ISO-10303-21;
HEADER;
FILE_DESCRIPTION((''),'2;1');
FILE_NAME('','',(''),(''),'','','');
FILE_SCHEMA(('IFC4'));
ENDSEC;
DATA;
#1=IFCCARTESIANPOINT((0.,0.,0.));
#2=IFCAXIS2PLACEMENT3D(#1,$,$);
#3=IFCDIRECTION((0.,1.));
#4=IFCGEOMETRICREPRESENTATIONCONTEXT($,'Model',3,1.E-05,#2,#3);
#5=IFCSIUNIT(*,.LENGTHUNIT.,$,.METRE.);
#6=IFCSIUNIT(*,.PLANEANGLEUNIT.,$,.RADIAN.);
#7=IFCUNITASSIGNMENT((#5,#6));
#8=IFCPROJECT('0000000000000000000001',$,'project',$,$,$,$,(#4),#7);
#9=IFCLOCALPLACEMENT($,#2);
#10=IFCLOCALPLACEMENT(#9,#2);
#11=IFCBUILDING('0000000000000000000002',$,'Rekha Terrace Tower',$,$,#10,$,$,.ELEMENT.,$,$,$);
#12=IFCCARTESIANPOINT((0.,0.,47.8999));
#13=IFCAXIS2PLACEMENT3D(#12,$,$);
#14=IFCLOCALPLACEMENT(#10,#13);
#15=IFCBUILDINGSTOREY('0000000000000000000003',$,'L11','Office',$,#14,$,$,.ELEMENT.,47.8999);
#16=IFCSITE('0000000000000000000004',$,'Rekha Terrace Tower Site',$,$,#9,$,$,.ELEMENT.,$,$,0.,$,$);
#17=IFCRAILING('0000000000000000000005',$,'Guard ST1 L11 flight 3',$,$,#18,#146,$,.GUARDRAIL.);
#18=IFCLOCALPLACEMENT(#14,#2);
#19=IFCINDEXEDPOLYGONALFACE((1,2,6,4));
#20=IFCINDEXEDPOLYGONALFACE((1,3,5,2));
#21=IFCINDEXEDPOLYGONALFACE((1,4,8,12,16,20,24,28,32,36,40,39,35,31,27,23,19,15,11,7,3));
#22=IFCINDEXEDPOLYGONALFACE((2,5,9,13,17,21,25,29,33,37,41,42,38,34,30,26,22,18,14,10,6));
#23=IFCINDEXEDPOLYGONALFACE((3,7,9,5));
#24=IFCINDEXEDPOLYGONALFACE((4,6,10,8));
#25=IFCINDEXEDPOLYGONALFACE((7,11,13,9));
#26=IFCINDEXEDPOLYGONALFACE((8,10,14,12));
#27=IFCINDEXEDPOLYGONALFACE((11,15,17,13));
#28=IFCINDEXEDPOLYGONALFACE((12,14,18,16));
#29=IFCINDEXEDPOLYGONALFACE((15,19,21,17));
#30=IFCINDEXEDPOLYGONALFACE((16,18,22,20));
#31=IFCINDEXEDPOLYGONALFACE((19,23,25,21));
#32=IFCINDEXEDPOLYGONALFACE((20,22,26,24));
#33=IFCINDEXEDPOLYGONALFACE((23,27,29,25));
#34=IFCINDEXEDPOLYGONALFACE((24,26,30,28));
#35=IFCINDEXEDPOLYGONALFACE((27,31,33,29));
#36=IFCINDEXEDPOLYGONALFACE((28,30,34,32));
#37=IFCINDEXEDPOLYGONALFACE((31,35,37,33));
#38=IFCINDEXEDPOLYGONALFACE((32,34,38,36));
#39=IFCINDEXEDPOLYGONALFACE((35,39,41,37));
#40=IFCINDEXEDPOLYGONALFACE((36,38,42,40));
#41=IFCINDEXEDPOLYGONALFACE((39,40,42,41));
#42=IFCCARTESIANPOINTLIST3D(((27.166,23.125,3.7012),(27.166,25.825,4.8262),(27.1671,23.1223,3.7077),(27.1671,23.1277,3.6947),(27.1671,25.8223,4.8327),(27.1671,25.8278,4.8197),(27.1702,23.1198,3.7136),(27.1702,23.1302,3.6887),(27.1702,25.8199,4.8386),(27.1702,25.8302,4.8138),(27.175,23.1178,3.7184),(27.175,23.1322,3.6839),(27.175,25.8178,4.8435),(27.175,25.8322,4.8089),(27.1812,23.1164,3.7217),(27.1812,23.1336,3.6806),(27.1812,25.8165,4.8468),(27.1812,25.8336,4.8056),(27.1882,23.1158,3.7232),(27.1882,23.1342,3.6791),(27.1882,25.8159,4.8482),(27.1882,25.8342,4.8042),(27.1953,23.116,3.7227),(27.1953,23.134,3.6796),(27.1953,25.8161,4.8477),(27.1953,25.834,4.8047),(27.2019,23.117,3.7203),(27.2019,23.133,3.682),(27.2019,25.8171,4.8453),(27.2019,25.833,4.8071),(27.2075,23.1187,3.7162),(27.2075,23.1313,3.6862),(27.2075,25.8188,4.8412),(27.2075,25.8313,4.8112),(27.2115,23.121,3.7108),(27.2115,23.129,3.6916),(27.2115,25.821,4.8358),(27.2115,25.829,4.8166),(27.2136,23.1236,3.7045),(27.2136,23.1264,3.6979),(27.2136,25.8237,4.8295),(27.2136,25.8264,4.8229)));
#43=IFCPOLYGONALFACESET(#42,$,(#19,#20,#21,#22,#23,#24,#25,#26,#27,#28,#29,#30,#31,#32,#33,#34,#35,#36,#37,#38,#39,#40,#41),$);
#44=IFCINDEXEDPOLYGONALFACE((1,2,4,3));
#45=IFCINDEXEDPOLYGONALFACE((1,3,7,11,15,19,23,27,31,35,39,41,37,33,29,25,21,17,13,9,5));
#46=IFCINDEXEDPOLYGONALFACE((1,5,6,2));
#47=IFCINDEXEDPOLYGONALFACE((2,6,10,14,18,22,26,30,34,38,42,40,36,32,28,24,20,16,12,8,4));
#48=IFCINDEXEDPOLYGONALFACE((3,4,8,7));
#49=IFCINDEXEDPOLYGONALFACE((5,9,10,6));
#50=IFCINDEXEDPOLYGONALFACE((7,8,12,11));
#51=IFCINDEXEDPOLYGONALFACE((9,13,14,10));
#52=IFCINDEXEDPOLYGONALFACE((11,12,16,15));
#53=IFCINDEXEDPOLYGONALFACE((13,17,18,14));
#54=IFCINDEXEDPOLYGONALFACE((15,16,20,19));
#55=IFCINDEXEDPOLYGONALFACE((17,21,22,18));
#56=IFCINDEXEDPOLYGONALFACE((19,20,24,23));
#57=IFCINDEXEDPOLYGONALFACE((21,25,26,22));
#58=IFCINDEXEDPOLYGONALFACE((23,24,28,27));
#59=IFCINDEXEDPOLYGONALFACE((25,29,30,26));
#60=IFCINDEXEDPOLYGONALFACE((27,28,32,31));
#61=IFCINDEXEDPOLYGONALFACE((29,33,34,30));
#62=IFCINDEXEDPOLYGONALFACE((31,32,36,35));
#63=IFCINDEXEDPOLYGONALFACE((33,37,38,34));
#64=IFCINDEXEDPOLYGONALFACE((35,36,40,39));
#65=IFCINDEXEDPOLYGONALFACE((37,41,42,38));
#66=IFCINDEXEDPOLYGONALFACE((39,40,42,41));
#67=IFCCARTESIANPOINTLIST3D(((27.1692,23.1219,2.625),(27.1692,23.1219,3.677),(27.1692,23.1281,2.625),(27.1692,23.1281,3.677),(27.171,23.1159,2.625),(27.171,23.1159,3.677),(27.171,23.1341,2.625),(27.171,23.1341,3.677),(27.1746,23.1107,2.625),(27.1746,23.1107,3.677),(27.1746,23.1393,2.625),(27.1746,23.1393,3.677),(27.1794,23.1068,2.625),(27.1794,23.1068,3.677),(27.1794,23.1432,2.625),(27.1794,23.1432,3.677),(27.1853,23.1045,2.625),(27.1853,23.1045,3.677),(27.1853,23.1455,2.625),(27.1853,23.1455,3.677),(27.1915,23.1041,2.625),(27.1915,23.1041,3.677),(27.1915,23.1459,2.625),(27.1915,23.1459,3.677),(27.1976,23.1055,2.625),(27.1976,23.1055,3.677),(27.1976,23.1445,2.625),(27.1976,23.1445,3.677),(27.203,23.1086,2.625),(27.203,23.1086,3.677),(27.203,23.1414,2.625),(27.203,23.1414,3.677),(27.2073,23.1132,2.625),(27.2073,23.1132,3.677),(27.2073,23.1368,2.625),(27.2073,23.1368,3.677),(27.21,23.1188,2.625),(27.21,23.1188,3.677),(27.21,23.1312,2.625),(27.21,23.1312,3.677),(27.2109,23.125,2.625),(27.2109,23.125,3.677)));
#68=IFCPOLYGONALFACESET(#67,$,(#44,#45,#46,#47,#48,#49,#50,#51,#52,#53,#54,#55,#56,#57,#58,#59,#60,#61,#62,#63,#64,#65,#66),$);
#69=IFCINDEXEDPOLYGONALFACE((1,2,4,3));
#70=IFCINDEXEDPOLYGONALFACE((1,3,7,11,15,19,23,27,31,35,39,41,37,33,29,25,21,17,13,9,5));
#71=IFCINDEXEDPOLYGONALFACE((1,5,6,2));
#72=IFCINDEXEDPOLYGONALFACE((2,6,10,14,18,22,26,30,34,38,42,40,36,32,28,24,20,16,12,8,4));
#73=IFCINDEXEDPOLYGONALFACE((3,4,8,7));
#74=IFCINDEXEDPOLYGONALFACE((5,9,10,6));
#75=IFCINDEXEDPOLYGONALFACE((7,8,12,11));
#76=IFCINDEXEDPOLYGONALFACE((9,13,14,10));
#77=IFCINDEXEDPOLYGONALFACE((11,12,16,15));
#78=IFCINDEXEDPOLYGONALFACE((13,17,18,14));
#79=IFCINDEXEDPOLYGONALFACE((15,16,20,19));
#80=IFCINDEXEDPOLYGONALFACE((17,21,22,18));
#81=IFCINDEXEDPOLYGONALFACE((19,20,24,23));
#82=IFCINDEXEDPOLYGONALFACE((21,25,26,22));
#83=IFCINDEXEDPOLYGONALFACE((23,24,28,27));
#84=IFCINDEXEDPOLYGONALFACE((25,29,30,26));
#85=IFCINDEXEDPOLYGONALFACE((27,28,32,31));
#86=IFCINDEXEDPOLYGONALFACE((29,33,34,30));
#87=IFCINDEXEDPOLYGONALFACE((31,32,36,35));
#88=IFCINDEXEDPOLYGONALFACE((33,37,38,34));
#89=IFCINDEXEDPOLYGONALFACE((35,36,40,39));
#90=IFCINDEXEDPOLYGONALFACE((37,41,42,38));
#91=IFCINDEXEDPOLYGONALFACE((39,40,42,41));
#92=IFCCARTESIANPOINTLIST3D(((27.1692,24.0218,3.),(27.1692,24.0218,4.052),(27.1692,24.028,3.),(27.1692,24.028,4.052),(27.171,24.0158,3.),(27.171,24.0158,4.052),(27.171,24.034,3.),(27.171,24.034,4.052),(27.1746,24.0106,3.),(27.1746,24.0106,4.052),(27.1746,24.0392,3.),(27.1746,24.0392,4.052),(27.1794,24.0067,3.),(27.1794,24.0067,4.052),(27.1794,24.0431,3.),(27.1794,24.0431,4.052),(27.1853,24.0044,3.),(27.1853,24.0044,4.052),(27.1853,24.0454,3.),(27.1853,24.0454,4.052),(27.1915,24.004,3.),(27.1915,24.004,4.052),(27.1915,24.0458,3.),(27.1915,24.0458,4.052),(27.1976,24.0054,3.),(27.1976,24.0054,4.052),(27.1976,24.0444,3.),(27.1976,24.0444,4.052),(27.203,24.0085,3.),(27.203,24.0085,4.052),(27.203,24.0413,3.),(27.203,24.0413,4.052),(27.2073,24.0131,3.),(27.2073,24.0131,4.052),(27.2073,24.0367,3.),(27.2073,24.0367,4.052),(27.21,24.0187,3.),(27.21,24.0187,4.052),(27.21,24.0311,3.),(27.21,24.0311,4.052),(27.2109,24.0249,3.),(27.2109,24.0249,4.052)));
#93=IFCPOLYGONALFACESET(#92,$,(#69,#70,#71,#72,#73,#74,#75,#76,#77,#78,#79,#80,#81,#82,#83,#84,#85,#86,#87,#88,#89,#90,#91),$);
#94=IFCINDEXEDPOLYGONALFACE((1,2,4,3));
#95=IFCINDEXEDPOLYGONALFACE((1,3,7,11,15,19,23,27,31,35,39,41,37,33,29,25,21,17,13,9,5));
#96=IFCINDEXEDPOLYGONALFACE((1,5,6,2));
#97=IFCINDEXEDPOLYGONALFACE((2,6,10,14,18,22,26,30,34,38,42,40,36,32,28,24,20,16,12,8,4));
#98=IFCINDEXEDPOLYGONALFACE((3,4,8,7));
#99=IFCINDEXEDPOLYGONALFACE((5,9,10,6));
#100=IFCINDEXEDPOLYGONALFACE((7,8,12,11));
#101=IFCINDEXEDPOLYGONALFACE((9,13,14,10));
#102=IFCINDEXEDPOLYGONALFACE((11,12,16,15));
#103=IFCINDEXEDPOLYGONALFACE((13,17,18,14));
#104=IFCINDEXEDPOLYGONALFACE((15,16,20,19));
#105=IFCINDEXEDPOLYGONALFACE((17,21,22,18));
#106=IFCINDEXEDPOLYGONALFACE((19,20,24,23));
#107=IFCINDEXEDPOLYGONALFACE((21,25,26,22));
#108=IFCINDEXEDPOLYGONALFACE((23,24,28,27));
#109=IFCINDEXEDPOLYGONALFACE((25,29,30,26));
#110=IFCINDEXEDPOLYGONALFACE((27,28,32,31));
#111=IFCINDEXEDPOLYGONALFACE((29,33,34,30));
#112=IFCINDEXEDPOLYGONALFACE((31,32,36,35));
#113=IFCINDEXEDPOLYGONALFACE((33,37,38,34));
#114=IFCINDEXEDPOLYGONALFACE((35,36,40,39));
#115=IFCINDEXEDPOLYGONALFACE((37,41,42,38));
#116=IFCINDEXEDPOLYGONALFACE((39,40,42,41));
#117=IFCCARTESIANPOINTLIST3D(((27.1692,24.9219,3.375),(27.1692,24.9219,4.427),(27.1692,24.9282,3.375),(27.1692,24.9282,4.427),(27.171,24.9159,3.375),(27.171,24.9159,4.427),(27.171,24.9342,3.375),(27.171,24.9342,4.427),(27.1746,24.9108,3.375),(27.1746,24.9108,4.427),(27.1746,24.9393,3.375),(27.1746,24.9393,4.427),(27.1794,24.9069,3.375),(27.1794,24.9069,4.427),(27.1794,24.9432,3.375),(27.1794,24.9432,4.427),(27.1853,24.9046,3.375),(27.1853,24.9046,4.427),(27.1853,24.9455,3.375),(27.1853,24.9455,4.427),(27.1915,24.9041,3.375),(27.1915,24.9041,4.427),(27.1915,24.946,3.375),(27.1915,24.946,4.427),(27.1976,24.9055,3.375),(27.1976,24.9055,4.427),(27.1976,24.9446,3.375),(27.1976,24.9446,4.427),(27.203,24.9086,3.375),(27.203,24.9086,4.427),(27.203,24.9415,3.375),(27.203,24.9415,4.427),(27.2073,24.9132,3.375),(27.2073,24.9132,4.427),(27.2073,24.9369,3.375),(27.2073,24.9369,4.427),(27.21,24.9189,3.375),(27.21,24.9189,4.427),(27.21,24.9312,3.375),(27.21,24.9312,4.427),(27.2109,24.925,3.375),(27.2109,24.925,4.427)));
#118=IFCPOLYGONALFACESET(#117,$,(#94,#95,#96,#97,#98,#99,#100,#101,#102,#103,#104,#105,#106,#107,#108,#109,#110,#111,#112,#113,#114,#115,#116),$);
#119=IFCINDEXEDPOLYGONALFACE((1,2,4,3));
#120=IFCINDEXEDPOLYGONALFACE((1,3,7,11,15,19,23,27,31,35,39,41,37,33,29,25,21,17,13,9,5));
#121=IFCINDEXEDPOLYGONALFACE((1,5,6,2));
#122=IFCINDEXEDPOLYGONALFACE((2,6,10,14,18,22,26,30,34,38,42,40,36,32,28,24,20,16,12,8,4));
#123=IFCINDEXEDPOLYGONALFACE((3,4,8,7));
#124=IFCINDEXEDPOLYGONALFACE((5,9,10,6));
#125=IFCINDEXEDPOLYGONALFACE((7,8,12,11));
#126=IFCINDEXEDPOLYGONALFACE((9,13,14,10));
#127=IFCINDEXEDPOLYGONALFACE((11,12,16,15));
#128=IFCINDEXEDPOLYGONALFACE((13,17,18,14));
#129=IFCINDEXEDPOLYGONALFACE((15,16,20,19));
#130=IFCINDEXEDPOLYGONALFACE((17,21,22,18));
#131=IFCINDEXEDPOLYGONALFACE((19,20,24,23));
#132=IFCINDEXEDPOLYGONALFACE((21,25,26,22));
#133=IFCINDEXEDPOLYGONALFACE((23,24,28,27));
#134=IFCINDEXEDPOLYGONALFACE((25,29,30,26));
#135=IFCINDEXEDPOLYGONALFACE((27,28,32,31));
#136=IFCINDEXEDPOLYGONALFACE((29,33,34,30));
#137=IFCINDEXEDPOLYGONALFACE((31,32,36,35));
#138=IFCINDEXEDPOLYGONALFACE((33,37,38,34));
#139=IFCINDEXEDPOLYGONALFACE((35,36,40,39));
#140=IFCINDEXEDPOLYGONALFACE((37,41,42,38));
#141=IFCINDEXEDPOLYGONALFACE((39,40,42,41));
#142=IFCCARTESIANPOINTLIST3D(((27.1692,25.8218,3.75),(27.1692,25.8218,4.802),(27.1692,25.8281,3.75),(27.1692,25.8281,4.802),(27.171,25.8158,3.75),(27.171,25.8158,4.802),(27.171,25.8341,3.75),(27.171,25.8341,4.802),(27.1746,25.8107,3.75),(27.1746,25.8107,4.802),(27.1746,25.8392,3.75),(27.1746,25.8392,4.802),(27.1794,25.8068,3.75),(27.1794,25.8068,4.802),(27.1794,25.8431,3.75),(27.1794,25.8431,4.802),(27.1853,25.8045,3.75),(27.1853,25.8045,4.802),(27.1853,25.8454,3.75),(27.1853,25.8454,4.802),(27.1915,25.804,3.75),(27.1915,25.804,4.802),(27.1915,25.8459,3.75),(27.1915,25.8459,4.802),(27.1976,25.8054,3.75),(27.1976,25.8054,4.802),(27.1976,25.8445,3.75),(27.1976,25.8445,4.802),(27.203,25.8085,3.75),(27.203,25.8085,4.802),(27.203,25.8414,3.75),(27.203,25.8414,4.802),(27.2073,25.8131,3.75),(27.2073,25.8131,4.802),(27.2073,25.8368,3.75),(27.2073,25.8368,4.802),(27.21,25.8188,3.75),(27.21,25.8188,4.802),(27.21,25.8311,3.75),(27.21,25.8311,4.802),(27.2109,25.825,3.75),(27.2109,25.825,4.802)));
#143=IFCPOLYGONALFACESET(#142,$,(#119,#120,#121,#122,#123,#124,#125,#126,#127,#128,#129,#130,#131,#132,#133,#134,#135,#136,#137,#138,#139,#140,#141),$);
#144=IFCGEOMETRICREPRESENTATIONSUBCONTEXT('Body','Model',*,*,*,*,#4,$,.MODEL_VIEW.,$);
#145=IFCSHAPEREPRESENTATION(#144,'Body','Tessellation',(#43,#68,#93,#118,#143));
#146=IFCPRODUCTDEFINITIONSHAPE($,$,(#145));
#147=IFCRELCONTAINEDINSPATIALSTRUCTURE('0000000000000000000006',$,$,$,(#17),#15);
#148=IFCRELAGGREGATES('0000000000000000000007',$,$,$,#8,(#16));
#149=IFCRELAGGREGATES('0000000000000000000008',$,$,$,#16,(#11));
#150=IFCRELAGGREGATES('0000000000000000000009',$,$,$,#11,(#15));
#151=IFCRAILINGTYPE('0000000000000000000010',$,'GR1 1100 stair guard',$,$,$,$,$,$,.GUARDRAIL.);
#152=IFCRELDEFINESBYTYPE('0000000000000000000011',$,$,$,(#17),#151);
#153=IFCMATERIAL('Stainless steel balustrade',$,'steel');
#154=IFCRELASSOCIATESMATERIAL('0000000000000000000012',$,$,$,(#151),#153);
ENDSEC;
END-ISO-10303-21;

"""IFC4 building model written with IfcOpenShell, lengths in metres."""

from ifc_helpers import new_model, si_unit, direction, frame, origin, origin_2d, place, context, subcontext, project, spatial, circle, extrude, material, type_object, element, save


model = new_model("IFC4")

# Units and contexts
model_context = context("Model", 3, precision=1e-05, world=origin(), true_north=direction((0.0, 1.0)))
body_context = subcontext(model_context, "Body", "Model", "MODEL_VIEW")
ifc_project = project(units=[si_unit("LENGTHUNIT", "METRE"), si_unit("PLANEANGLEUNIT", "RADIAN")], contexts=[model_context])

# Site, building, storey
site_placement = place(None, origin())
site = spatial("IfcSite", under=ifc_project, at=site_placement, Name="Rekha Terrace Tower Site", CompositionType="ELEMENT", RefElevation=0.0)
building_placement = place(site_placement, origin())
building = spatial("IfcBuilding", under=site, at=building_placement, Name="Rekha Terrace Tower", CompositionType="ELEMENT")
storey_placement = place(building_placement, frame((0.0, 0.0, 47.8999)))
storey = spatial("IfcBuildingStorey", under=building, at=storey_placement, Name="L11", Description="Office", CompositionType="ELEMENT", Elevation=47.8999)

# Railing
ifc_material_1 = material(Name="Stainless steel balustrade", Category="steel")
railing_type_1 = type_object("IfcRailingType", Name="GR1 1100 stair guard", PredefinedType="GUARDRAIL", material=ifc_material_1)
railing_1_placement = place(storey_placement, frame((27.1899, 23.125, 2.625)))
element("IfcRailing", 1, at=railing_1_placement, inside=storey, type_object=railing_type_1, Name="Guard ST1 L11 flight 3", PredefinedType="GUARDRAIL", context=body_context, shape_type="SweptSolid", body=[
    extrude(circle(Radius=0.0239, at=origin_2d()), frame((0.0, 0.0, 1.0762), z_axis=(0.0, 0.923074, 0.384621), x_axis=(-1.0, 0.0, 0.0)), (0.0, 0.0, 1.0), 2.925),
    extrude(circle(Radius=0.021, at=origin_2d()), origin(), (0.0, 0.0, 1.0), 1.052),
    extrude(circle(Radius=0.021, at=origin_2d()), frame((0.0, 0.8999, 0.375)), (0.0, 0.0, 1.0), 1.052),
    extrude(circle(Radius=0.021, at=origin_2d()), frame((0.0, 1.8, 0.75)), (0.0, 0.0, 1.0), 1.052),
    extrude(circle(Radius=0.021, at=origin_2d()), frame((0.0, 2.7, 1.125)), (0.0, 0.0, 1.0), 1.052),
])

save(model, "model.ifc")
